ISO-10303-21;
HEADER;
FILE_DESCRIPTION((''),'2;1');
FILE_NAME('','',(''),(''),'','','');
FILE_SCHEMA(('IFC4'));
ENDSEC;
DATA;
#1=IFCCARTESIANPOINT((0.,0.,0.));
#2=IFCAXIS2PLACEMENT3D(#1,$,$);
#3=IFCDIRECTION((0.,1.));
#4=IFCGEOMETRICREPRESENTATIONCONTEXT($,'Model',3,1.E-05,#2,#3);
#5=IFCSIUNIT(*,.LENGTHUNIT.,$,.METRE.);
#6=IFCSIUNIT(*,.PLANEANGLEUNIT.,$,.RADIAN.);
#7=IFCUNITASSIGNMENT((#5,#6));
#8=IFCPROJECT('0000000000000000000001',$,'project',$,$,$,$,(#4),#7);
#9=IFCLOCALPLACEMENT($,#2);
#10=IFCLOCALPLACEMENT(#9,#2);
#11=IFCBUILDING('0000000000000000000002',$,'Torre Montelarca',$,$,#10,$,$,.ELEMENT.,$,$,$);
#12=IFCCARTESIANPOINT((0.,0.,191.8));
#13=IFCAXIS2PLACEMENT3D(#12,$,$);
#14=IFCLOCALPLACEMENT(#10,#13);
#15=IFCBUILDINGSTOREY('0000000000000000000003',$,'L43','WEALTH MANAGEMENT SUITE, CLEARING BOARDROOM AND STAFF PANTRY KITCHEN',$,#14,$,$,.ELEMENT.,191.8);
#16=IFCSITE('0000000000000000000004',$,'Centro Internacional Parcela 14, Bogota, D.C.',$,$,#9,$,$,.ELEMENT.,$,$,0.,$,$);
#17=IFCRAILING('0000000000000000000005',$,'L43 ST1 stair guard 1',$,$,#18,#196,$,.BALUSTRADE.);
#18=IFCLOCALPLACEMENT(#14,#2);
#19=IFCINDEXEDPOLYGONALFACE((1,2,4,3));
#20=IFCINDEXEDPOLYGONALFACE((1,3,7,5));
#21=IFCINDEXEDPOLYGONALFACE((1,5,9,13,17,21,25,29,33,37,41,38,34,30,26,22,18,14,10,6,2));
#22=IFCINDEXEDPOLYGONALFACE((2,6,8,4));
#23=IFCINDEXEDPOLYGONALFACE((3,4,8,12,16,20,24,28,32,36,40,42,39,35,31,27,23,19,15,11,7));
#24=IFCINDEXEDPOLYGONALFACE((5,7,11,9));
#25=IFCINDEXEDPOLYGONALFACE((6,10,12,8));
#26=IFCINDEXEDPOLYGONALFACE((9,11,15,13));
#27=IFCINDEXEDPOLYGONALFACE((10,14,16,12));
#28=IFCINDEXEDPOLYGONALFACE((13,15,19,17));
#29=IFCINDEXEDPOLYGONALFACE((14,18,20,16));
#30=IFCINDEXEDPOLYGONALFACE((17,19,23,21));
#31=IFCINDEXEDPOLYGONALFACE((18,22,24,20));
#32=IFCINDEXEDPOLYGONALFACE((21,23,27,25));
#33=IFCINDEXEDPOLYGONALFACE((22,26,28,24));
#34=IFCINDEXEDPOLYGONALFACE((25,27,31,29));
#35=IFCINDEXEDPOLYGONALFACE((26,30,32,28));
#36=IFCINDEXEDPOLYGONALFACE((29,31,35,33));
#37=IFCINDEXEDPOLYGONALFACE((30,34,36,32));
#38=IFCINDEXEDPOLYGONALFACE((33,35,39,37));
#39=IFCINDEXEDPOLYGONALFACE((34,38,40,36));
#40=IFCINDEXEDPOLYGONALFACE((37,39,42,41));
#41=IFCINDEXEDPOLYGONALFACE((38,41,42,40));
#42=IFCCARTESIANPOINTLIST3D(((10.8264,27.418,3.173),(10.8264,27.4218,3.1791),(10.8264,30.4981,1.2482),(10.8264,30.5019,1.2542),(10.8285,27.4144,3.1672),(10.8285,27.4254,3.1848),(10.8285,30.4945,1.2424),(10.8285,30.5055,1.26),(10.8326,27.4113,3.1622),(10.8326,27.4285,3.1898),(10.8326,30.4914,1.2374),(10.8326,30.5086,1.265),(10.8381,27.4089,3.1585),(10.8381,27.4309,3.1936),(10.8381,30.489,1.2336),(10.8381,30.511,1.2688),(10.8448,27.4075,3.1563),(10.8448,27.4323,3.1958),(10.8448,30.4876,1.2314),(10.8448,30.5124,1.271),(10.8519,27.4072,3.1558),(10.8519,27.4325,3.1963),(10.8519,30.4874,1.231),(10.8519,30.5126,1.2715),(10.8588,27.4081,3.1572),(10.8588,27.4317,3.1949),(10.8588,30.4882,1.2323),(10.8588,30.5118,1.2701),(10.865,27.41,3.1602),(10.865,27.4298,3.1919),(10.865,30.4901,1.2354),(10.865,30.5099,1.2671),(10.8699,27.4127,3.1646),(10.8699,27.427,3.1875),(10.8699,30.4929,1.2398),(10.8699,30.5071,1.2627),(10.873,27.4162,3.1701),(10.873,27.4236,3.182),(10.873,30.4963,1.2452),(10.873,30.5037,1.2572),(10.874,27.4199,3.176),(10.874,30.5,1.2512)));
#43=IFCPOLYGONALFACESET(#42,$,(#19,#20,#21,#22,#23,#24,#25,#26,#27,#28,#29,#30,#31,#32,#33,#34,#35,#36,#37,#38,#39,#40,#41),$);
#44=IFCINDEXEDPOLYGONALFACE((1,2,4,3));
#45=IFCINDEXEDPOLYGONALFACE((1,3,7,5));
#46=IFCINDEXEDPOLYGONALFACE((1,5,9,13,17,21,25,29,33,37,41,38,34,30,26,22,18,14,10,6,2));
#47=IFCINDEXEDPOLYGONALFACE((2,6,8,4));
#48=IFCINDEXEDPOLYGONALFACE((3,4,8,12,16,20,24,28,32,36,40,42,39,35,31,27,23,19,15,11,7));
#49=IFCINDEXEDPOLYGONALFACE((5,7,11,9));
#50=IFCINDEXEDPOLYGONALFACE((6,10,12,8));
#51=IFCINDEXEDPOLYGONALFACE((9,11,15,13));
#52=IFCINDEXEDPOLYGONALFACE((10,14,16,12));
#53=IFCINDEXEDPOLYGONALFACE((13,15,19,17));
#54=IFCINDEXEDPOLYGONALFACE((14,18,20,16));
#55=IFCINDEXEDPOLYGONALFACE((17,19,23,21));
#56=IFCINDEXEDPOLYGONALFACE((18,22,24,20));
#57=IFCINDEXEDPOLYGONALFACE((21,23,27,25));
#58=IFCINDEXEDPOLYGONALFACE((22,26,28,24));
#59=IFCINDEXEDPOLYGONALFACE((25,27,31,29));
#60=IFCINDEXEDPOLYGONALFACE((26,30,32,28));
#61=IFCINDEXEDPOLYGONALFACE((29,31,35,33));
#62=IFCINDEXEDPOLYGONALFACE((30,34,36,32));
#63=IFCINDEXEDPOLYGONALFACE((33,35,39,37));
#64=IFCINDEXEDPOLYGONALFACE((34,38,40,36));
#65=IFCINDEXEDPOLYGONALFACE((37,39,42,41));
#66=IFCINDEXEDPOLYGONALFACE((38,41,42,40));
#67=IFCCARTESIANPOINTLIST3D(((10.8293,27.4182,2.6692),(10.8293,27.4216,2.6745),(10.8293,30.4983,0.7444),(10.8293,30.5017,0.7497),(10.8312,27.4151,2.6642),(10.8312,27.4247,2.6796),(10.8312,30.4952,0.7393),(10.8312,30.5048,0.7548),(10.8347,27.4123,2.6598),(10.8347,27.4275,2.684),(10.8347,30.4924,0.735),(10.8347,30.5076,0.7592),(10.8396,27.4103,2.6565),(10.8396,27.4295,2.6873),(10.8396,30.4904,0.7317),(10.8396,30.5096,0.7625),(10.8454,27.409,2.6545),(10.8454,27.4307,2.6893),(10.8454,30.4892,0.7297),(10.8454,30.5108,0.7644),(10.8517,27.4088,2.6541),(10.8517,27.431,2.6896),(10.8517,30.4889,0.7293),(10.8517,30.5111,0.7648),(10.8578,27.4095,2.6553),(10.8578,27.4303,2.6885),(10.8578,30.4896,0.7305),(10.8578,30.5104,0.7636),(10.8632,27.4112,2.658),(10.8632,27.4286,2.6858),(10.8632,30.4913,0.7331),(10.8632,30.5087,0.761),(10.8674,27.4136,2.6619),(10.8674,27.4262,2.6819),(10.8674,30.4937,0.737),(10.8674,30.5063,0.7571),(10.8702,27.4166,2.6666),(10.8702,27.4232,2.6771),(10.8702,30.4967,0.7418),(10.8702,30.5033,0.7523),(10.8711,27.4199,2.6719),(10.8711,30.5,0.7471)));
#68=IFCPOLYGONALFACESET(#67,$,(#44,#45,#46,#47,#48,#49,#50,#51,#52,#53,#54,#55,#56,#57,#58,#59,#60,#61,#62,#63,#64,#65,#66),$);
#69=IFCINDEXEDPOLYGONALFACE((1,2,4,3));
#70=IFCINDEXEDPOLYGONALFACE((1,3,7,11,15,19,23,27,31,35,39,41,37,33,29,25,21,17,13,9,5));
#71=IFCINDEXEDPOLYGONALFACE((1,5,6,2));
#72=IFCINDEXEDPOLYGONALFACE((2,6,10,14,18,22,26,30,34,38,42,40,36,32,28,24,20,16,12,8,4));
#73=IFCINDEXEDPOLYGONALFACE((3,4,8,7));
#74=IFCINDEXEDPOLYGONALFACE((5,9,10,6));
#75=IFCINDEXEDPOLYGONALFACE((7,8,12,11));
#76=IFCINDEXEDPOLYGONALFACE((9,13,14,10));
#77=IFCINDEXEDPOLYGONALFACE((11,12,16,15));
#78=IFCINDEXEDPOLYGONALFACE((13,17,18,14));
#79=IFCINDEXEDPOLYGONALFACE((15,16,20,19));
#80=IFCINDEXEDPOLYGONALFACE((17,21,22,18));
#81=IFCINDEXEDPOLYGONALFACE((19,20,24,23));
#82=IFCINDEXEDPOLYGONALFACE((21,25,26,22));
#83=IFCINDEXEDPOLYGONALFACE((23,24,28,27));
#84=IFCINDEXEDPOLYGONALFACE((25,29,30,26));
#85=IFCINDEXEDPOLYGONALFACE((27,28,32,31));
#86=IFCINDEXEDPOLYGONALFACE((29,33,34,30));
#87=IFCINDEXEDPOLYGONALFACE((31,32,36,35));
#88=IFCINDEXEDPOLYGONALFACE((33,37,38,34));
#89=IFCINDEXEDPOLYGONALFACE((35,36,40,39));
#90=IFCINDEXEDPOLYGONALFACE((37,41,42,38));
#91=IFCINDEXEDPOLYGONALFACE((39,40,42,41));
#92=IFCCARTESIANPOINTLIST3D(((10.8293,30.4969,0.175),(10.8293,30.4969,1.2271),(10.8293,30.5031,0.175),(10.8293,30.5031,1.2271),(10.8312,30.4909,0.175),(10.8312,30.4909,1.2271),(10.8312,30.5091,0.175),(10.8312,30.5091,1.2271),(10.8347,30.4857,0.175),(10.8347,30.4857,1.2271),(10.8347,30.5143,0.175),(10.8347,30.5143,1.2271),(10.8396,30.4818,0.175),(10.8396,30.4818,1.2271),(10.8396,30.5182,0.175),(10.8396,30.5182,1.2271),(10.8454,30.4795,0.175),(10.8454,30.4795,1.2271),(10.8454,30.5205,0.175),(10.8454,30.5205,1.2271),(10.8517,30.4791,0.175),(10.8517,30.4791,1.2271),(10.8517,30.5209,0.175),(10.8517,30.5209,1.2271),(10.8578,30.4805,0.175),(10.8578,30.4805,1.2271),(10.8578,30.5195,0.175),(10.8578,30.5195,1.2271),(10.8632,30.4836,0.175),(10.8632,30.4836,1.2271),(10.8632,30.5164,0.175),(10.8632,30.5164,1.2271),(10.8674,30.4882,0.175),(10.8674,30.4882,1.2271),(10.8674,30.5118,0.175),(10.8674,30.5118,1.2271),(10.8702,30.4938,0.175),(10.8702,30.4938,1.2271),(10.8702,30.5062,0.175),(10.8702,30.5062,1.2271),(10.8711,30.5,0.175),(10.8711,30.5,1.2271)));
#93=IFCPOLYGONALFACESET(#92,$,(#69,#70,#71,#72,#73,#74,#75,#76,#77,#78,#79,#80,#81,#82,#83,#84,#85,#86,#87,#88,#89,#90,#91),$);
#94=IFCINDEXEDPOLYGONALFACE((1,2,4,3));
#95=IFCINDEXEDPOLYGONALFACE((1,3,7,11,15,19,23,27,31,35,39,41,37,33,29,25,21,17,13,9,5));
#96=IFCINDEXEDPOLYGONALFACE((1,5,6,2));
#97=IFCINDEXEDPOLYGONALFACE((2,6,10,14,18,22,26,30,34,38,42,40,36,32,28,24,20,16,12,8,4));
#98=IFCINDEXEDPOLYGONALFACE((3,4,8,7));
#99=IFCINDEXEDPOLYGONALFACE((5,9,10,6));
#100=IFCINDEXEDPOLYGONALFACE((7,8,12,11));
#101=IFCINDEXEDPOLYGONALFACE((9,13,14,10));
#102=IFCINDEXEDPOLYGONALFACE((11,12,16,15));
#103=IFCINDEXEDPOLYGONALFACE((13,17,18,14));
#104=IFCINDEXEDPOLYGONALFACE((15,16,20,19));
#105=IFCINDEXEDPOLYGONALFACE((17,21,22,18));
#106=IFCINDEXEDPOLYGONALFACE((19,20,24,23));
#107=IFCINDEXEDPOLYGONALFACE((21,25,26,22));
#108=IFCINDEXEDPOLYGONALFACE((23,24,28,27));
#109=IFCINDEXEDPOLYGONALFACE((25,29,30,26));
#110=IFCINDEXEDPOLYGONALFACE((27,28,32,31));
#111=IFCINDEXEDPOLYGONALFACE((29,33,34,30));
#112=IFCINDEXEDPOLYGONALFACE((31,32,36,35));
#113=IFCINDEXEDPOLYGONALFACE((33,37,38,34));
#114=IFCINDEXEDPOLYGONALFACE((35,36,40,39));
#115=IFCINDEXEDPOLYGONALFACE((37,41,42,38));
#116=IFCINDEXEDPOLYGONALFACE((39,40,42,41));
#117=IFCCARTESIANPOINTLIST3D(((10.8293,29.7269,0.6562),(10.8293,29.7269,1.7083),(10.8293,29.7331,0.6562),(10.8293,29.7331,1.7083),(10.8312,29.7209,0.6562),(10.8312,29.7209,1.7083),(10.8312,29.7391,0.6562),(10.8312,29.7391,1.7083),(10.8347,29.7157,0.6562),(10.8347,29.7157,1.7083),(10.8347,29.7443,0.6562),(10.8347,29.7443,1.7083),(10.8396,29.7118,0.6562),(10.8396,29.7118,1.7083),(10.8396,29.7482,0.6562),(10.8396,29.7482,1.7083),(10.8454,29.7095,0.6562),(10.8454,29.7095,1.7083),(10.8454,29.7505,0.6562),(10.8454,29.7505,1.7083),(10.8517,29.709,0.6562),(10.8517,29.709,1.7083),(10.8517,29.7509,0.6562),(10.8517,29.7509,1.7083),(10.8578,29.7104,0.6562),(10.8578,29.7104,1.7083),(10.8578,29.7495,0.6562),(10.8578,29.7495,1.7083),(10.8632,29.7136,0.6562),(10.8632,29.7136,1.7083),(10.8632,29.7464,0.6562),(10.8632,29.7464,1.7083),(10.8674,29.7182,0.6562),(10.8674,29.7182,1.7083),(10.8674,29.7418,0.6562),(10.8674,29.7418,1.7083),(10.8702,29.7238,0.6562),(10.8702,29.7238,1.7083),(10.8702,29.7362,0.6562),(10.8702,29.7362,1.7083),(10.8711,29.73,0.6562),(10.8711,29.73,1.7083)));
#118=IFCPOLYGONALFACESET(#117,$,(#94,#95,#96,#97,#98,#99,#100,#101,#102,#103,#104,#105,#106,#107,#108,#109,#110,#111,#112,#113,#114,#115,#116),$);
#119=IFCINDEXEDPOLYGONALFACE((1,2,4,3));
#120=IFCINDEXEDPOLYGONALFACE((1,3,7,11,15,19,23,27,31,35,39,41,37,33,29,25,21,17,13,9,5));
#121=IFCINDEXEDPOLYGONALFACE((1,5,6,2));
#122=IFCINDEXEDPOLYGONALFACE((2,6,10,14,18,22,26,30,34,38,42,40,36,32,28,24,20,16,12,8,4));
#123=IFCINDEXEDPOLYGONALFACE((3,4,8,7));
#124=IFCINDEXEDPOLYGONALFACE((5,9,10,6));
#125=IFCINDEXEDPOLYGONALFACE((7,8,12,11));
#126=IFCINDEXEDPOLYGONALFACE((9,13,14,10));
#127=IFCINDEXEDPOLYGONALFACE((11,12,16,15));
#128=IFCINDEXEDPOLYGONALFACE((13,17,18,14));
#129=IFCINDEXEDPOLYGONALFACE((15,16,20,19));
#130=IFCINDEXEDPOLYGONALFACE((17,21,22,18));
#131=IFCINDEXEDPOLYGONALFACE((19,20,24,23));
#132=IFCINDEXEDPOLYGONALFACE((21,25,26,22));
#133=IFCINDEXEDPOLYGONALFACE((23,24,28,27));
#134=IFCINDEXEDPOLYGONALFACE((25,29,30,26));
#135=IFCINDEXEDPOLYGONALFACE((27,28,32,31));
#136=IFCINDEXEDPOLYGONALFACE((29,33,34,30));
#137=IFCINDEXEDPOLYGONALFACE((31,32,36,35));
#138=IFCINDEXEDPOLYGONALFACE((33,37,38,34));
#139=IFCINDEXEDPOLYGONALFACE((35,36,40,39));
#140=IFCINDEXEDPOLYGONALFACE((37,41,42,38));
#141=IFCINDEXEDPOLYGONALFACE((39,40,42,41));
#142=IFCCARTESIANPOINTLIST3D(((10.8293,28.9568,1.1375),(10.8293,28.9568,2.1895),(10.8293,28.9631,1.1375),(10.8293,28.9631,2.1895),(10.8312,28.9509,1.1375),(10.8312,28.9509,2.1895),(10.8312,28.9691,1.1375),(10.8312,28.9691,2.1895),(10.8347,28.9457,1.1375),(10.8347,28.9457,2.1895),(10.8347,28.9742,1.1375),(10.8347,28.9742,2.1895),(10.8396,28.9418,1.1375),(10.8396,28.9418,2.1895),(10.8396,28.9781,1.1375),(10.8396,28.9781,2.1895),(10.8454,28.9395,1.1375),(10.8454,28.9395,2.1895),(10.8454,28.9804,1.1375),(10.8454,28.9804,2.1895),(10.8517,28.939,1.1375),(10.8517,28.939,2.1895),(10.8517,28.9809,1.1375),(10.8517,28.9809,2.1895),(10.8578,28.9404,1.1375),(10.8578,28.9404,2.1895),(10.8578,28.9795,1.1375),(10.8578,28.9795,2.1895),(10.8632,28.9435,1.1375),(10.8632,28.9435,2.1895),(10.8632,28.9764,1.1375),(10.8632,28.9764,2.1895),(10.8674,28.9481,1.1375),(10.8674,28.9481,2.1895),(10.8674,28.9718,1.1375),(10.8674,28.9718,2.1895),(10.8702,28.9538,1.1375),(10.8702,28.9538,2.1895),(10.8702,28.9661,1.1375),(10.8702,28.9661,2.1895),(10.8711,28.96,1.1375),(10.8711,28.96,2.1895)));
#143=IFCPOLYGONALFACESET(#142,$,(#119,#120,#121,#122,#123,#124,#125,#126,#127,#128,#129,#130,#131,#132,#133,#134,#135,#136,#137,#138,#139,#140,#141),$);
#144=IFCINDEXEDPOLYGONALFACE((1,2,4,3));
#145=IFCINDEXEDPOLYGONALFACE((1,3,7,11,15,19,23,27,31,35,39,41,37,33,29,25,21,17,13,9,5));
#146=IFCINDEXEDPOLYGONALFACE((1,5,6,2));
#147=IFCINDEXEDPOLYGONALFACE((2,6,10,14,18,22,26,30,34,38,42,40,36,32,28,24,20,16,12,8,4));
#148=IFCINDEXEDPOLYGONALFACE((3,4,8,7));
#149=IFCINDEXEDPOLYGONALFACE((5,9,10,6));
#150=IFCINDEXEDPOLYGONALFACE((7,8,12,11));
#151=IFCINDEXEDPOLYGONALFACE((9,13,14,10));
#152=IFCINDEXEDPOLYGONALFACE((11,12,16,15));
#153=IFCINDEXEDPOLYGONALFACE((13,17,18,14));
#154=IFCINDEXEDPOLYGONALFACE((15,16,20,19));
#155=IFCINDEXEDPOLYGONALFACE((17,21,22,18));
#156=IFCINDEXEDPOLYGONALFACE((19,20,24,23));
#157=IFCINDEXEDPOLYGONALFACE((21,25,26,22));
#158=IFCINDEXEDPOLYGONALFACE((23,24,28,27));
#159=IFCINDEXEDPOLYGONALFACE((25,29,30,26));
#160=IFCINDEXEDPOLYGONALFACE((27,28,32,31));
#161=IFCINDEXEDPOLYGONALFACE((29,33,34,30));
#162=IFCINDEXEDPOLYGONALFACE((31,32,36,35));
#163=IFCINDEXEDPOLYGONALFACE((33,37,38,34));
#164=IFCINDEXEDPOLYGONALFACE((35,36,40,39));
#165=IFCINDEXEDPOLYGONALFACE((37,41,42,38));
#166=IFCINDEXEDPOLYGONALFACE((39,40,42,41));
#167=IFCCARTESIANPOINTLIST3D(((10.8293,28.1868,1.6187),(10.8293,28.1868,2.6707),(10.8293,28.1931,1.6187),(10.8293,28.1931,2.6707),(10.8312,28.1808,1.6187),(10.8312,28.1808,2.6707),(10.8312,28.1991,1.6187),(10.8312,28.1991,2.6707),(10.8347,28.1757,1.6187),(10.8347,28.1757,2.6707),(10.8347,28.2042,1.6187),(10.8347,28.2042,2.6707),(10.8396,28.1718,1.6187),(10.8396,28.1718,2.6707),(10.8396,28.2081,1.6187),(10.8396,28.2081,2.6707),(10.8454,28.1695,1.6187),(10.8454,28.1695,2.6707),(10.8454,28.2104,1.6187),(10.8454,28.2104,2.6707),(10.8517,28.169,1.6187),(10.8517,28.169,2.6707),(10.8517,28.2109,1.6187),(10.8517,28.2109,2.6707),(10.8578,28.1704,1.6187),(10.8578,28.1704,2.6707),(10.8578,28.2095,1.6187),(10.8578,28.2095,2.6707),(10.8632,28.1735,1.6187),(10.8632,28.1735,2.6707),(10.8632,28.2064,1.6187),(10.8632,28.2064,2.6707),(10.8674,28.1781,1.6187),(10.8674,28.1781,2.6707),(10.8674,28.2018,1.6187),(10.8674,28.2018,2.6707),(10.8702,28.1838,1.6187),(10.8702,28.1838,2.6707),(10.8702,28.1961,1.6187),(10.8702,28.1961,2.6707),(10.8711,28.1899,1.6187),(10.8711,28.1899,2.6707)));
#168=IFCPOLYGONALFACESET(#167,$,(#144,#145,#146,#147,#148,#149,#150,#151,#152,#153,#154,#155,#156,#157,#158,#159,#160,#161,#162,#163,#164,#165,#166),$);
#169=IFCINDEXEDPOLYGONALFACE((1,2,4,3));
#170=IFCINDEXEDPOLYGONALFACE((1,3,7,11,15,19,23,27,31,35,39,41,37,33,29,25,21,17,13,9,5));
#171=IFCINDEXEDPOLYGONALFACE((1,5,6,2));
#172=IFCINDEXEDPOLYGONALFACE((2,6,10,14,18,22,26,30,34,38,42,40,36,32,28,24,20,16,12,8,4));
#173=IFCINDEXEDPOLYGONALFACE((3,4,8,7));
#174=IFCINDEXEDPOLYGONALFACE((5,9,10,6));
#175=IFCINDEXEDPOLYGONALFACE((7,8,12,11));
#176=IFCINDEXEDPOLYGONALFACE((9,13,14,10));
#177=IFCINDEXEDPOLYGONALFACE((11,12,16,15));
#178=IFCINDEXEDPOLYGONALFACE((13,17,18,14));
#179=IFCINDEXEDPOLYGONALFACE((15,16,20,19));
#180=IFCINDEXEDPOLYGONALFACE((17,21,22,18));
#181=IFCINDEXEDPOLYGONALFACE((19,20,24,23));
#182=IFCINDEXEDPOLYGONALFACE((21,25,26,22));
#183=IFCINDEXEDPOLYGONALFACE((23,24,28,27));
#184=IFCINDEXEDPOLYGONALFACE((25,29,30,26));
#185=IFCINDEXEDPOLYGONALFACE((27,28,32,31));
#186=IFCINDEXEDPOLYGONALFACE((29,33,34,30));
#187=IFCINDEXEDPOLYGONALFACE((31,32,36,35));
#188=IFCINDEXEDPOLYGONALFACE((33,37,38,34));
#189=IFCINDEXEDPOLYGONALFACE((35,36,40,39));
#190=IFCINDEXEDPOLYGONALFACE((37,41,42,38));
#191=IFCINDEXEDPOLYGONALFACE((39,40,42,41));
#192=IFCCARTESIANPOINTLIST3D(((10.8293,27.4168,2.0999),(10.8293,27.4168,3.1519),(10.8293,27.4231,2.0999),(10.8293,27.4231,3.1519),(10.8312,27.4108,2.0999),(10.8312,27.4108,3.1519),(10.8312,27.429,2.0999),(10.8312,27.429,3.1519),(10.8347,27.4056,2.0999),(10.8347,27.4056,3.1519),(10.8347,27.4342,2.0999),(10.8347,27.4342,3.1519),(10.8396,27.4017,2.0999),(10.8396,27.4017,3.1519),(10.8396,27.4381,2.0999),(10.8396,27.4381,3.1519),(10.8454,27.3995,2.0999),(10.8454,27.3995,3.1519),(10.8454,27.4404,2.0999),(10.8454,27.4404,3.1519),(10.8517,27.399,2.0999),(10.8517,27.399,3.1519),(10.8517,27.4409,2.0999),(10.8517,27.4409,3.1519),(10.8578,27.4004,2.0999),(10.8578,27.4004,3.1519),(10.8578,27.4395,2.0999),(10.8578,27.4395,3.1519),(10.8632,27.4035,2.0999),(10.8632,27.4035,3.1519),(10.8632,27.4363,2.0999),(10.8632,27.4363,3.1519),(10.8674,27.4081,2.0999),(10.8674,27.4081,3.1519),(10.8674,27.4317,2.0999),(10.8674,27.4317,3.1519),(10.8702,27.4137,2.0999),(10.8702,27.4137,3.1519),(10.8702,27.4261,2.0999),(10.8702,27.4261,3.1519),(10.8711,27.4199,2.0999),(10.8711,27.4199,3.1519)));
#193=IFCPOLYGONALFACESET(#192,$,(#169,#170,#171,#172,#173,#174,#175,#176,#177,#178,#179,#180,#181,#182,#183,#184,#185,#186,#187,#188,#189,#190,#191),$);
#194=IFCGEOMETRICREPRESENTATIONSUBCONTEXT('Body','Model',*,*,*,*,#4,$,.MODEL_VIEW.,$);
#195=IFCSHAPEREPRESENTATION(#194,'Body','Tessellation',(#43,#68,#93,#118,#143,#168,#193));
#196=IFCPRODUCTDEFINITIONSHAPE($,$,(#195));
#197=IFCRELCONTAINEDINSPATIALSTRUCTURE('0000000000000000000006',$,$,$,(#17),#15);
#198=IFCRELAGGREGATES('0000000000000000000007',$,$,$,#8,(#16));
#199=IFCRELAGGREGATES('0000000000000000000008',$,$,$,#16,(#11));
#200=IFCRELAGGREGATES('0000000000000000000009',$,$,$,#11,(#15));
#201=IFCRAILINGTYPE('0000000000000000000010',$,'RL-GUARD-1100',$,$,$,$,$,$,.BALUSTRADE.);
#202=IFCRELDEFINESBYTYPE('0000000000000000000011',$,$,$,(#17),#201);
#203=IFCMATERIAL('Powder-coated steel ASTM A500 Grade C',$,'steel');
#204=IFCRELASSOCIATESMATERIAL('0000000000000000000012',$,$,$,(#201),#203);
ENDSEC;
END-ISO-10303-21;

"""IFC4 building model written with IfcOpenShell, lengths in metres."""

from ifc_helpers import new_model, si_unit, direction, frame, origin, origin_2d, place, context, subcontext, project, spatial, circle, extrude, material, type_object, element, save


model = new_model("IFC4")

# Units and contexts
model_context = context("Model", 3, precision=1e-05, world=origin(), true_north=direction((0.0, 1.0)))
body_context = subcontext(model_context, "Body", "Model", "MODEL_VIEW")
ifc_project = project(units=[si_unit("LENGTHUNIT", "METRE"), si_unit("PLANEANGLEUNIT", "RADIAN")], contexts=[model_context])

# Site, building, storey
site_placement = place(None, origin())
site = spatial("IfcSite", under=ifc_project, at=site_placement, Name="Centro Internacional Parcela 14, Bogota, D.C.", CompositionType="ELEMENT", RefElevation=0.0)
building_placement = place(site_placement, origin())
building = spatial("IfcBuilding", under=site, at=building_placement, Name="Torre Montelarca", CompositionType="ELEMENT")
storey_placement = place(building_placement, frame((0.0, 0.0, 191.8)))
storey = spatial("IfcBuildingStorey", under=building, at=storey_placement, Name="L43", Description="WEALTH MANAGEMENT SUITE, CLEARING BOARDROOM AND STAFF PANTRY KITCHEN", CompositionType="ELEMENT", Elevation=191.8)

# Railing
ifc_material_1 = material(Name="Powder-coated steel ASTM A500 Grade C", Category="steel")
railing_type_1 = type_object("IfcRailingType", Name="RL-GUARD-1100", PredefinedType="BALUSTRADE", material=ifc_material_1)
railing_1_placement = place(storey_placement, frame((10.8501, 30.5, 0.175)))
element("IfcRailing", 1, at=railing_1_placement, inside=storey, type_object=railing_type_1, Name="L43 ST1 stair guard 1", PredefinedType="BALUSTRADE", context=body_context, shape_type="SweptSolid", body=[
    extrude(circle(Radius=0.0239, at=origin_2d()), frame((0.0, 0.0, 1.0762), z_axis=(0.0, -0.848029, 0.529951), x_axis=(1.0, 0.0, 0.0)), (0.0, 0.0, 1.0), 3.6321),
    extrude(circle(Radius=0.021, at=origin_2d()), frame((0.0, 0.0, 0.572), z_axis=(0.0, -0.848029, 0.529951), x_axis=(1.0, 0.0, 0.0)), (0.0, 0.0, 1.0), 3.6321),
    extrude(circle(Radius=0.021, at=origin_2d()), origin(), (0.0, 0.0, 1.0), 1.052),
    extrude(circle(Radius=0.021, at=origin_2d()), frame((0.0, -0.77, 0.4812)), (0.0, 0.0, 1.0), 1.052),
    extrude(circle(Radius=0.021, at=origin_2d()), frame((0.0, -1.54, 0.9624)), (0.0, 0.0, 1.0), 1.052),
    extrude(circle(Radius=0.021, at=origin_2d()), frame((0.0, -2.3101, 1.4436)), (0.0, 0.0, 1.0), 1.052),
    extrude(circle(Radius=0.021, at=origin_2d()), frame((0.0, -3.0801, 1.9248)), (0.0, 0.0, 1.0), 1.052),
])

save(model, "model.ifc")
